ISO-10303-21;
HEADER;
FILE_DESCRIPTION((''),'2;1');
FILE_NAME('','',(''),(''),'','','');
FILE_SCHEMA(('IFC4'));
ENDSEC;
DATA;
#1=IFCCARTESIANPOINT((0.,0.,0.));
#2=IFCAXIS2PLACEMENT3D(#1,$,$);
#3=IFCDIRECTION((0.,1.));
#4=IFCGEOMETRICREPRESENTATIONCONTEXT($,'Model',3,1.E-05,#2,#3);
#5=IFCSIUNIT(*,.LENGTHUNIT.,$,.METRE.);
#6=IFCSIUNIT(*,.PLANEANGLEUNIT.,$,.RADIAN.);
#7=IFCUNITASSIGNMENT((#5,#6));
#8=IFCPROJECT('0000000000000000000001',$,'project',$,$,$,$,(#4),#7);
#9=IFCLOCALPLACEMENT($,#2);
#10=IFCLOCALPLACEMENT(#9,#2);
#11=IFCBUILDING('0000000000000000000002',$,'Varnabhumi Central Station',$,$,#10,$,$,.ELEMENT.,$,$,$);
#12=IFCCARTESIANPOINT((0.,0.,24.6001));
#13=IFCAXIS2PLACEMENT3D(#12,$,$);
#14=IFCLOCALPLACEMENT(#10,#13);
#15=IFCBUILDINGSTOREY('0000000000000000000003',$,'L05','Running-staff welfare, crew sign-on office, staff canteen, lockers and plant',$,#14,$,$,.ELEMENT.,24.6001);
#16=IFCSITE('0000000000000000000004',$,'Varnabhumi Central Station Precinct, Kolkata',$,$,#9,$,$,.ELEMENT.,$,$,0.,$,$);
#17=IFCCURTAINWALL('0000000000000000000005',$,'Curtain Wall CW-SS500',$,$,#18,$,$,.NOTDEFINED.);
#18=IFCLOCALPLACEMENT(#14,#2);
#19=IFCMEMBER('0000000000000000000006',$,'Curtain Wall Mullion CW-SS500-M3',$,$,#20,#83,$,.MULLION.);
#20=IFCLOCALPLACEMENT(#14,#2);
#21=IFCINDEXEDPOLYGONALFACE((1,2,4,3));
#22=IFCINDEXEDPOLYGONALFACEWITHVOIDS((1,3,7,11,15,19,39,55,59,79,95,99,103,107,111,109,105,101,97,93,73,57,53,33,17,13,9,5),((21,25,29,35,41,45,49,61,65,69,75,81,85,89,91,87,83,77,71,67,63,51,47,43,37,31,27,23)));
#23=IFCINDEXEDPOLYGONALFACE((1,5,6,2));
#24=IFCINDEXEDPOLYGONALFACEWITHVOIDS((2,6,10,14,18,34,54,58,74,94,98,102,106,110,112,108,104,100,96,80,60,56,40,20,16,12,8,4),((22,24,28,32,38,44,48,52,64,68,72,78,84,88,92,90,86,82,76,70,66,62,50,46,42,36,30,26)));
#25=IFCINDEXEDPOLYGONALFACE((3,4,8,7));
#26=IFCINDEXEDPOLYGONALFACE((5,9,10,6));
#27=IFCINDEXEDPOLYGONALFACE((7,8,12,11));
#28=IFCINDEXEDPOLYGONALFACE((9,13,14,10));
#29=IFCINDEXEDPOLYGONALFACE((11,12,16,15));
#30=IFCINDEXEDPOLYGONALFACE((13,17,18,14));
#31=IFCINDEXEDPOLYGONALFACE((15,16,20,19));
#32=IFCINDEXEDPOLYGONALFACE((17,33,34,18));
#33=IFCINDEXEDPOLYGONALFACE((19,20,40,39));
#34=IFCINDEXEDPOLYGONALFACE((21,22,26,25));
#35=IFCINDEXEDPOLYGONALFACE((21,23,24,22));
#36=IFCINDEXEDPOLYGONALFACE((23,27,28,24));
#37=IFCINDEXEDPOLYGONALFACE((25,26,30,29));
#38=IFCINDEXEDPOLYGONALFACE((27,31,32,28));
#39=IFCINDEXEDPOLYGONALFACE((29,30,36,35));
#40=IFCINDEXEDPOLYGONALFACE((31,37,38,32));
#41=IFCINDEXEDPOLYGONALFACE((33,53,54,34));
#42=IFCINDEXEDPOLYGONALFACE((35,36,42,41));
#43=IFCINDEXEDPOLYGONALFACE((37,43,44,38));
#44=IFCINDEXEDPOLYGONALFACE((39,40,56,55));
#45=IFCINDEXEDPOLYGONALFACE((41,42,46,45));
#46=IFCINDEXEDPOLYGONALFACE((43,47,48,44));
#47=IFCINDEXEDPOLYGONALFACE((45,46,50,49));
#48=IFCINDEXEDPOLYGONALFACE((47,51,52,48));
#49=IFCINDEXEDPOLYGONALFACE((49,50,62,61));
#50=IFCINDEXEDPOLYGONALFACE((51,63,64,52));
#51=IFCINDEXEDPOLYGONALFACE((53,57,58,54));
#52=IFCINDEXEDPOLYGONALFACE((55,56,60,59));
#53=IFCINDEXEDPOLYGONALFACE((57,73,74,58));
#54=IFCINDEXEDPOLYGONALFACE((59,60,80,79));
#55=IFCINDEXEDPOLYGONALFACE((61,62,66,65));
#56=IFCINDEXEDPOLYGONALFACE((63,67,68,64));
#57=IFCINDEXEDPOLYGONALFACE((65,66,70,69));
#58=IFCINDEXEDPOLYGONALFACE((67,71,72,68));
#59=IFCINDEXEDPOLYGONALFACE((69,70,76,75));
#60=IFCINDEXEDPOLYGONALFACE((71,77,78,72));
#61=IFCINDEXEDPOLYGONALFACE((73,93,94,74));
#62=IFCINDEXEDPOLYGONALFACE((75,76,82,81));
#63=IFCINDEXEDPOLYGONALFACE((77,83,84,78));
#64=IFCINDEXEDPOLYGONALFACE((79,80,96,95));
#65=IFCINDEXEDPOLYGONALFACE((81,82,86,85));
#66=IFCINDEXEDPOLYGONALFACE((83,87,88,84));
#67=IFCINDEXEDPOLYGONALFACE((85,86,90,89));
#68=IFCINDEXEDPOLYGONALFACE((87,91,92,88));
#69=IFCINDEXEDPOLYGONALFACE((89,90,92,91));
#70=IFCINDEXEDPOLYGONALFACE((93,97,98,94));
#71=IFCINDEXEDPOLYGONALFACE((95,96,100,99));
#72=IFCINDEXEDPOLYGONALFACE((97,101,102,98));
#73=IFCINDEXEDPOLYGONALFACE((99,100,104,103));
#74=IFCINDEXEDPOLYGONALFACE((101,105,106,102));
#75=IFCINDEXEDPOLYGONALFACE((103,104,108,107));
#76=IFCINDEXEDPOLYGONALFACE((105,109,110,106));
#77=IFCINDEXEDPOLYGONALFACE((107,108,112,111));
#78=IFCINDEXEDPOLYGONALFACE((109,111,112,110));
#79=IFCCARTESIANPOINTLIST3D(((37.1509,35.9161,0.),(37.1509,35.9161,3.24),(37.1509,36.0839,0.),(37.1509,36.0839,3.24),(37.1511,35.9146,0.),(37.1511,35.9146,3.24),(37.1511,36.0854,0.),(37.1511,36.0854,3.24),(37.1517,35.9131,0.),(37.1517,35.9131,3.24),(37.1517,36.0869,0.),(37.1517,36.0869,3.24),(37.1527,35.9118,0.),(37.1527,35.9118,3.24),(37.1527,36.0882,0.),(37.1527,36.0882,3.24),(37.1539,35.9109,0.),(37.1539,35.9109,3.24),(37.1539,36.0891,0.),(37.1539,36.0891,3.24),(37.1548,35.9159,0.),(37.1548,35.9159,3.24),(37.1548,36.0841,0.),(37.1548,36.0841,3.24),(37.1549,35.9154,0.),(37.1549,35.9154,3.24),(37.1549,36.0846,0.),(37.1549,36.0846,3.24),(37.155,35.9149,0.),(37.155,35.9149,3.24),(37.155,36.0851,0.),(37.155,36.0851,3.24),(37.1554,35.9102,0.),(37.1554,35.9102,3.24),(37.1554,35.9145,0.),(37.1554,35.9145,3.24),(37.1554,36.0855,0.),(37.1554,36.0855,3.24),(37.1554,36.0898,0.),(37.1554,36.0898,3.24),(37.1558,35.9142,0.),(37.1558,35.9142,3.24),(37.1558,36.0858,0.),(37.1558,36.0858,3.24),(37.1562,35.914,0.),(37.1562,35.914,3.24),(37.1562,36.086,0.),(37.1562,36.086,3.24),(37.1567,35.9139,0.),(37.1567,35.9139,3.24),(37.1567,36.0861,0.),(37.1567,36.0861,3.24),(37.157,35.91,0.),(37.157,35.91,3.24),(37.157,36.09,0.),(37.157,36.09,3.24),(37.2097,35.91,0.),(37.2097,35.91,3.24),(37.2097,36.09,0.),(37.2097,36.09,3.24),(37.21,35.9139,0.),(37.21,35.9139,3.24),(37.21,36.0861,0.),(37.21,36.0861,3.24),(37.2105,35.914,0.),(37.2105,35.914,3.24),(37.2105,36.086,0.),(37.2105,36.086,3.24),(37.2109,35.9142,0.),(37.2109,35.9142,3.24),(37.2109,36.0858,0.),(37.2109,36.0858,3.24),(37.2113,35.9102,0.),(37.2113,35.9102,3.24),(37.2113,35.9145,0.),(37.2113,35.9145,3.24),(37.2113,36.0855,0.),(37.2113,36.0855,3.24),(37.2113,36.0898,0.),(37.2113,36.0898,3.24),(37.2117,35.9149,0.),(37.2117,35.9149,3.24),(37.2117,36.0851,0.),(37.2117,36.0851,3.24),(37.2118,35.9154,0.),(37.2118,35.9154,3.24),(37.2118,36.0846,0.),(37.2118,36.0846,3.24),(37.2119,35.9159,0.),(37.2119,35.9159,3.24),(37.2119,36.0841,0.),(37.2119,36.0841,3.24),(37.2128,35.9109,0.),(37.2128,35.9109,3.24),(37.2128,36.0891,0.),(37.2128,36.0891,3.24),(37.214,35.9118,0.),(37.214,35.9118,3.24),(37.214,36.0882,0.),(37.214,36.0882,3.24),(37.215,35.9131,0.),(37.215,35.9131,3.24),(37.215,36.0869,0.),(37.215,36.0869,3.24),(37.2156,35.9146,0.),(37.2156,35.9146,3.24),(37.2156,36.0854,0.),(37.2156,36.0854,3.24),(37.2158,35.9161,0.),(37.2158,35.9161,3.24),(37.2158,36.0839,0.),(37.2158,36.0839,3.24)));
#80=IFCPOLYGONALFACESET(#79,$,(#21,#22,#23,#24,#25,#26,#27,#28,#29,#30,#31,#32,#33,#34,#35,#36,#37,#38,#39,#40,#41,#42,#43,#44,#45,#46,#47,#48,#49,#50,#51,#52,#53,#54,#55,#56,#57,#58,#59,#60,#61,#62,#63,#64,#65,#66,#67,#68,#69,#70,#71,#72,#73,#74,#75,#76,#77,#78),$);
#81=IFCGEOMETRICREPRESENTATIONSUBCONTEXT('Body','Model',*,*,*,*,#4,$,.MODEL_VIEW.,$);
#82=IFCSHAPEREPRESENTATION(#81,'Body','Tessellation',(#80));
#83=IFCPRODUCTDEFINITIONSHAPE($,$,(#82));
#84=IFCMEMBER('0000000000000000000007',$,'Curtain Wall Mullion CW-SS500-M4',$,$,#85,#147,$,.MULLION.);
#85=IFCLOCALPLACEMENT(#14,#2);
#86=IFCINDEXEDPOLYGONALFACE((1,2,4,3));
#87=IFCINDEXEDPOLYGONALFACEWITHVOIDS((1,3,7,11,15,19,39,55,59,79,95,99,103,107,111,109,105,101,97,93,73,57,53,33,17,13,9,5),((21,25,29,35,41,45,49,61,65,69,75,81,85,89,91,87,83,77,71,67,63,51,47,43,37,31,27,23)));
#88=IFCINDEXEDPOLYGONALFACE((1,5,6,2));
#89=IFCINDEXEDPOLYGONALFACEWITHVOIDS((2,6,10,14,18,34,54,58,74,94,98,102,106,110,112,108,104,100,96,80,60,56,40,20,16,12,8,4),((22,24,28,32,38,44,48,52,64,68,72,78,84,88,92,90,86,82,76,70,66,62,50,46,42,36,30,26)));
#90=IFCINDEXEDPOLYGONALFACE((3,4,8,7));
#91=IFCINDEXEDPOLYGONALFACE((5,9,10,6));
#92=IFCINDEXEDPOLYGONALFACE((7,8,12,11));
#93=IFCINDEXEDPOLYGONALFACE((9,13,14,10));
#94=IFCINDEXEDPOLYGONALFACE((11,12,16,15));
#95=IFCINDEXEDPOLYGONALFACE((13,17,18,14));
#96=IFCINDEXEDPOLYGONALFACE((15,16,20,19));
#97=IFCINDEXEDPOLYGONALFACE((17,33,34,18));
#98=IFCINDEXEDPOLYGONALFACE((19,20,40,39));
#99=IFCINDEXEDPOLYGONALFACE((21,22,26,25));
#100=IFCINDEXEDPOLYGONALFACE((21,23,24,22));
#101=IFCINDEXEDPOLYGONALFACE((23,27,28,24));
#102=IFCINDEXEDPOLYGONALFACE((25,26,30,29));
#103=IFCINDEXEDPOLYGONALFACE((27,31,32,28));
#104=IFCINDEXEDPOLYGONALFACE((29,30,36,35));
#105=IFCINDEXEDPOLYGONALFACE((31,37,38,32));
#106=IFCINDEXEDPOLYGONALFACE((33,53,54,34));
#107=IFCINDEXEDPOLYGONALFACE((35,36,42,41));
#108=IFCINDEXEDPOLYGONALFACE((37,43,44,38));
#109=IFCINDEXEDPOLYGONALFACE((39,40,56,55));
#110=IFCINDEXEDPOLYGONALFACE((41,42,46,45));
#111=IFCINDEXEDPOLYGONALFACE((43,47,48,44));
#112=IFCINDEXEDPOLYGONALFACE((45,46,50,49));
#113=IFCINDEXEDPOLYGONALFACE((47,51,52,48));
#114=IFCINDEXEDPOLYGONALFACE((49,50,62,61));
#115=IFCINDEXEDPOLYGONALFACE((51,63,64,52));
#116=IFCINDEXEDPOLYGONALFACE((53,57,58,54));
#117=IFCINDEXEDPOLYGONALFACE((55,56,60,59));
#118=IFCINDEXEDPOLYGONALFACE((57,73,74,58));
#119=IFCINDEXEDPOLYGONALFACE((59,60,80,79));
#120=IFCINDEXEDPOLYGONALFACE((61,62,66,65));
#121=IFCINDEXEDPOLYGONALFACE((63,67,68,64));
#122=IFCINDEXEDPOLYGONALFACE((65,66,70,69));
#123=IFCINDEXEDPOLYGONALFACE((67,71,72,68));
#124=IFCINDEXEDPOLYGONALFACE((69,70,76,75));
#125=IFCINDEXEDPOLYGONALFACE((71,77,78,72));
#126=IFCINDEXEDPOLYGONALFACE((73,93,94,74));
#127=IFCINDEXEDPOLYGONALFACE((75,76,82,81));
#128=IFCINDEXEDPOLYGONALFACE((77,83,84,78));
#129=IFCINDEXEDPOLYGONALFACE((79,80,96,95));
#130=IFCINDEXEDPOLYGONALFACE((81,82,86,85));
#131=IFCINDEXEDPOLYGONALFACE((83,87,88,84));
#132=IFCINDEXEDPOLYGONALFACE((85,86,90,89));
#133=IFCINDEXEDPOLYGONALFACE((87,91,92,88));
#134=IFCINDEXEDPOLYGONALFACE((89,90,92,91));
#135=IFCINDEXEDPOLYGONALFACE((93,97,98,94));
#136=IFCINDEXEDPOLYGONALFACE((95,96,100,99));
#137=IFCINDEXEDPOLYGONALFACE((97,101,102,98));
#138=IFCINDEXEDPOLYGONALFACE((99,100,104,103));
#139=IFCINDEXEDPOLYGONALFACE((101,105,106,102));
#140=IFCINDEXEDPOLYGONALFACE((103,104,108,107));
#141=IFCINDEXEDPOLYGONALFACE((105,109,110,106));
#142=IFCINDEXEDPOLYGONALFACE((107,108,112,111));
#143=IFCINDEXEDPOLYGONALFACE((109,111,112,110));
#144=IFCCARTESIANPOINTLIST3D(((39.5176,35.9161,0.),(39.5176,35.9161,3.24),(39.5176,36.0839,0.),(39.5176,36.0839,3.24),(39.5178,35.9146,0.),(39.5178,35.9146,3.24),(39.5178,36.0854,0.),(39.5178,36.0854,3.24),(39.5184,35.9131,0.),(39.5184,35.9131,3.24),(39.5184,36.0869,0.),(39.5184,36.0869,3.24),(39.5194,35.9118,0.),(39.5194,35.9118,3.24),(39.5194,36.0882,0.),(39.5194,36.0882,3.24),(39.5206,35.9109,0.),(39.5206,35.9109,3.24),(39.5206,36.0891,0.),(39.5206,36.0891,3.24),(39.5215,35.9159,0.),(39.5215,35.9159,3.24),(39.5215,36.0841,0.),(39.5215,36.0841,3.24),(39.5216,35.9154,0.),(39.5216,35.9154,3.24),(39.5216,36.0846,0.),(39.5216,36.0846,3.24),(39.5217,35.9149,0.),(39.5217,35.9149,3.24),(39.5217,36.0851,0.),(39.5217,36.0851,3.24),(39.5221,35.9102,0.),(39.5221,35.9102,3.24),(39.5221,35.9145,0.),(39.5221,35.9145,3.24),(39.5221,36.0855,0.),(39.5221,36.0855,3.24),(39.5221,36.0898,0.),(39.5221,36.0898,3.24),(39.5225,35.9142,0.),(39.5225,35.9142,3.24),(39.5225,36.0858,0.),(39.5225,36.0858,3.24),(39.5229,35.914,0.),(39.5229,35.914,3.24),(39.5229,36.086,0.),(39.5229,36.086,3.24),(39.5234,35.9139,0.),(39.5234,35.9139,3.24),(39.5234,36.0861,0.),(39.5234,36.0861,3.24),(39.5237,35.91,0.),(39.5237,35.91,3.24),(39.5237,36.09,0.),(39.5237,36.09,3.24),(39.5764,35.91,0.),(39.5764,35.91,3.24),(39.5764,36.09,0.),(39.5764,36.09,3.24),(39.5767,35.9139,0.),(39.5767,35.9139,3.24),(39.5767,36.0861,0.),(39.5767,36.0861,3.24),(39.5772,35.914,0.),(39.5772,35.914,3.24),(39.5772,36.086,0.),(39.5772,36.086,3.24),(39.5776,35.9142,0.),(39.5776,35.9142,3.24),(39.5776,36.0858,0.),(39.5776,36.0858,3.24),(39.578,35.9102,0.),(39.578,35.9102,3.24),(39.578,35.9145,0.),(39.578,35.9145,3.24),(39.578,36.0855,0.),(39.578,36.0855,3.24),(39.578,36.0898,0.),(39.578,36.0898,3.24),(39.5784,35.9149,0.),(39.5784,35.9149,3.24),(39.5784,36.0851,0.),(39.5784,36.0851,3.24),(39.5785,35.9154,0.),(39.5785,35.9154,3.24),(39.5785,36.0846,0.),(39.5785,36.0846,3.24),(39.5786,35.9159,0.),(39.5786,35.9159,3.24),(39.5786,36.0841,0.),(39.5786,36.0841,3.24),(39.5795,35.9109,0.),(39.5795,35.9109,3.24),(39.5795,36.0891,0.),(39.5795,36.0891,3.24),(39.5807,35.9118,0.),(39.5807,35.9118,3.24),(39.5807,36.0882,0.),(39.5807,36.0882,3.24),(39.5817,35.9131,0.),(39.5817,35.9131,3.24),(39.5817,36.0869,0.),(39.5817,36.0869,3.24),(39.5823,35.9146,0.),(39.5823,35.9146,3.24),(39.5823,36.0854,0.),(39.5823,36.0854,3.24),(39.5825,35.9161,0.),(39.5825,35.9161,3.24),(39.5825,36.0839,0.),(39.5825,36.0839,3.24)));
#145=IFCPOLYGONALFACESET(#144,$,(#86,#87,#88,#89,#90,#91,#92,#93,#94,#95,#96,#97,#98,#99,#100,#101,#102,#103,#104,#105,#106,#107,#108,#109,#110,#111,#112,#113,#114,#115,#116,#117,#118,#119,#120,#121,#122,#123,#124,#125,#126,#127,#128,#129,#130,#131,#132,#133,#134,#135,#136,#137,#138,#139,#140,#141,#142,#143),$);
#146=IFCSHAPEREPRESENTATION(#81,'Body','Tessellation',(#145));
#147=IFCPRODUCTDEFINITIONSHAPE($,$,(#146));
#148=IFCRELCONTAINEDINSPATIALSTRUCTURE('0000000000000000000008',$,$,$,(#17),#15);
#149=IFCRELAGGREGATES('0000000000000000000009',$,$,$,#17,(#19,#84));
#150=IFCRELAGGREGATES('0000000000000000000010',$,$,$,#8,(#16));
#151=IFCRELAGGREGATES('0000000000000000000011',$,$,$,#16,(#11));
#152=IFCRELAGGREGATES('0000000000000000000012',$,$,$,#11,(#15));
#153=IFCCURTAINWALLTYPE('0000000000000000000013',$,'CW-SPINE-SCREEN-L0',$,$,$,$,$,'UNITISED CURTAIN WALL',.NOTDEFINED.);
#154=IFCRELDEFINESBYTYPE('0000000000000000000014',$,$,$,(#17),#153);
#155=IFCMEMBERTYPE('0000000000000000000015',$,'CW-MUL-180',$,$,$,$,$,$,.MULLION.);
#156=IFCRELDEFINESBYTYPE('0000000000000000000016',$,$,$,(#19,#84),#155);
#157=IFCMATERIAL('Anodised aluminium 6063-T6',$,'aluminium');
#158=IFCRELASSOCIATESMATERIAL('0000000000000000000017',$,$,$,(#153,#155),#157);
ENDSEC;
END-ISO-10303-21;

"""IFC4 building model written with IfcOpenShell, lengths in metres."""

from ifc_helpers import new_model, si_unit, direction, frame, origin, origin_2d, place, context, subcontext, project, spatial, hollow_rectangle, extrude, material, material_profile, profile_set, type_object, element, aggregate, save


model = new_model("IFC4")

# Units and contexts
model_context = context("Model", 3, precision=1e-05, world=origin(), true_north=direction((0.0, 1.0)))
body_context = subcontext(model_context, "Body", "Model", "MODEL_VIEW")
ifc_project = project(units=[si_unit("LENGTHUNIT", "METRE"), si_unit("PLANEANGLEUNIT", "RADIAN")], contexts=[model_context])

# Site, building, storey
site_placement = place(None, origin())
site = spatial("IfcSite", under=ifc_project, at=site_placement, Name="Varnabhumi Central Station Precinct, Kolkata", CompositionType="ELEMENT", RefElevation=0.0)
building_placement = place(site_placement, origin())
building = spatial("IfcBuilding", under=site, at=building_placement, Name="Varnabhumi Central Station", CompositionType="ELEMENT")
storey_placement = place(building_placement, frame((0.0, 0.0, 24.6001)))
storey = spatial("IfcBuildingStorey", under=building, at=storey_placement, Name="L05", Description="Running-staff welfare, crew sign-on office, staff canteen, lockers and plant", CompositionType="ELEMENT", Elevation=24.6001)

# Curtain wall, members
ifc_material_1 = material(Name="Anodised aluminium 6063-T6", Category="aluminium")
curtain_wall_type = type_object("IfcCurtainWallType", Name="CW-SPINE-SCREEN-L0", ElementType="UNITISED CURTAIN WALL", PredefinedType="NOTDEFINED", material=ifc_material_1)
curtain_wall_placement = place(storey_placement, origin())
curtain_wall = element("IfcCurtainWall", 1, at=curtain_wall_placement, inside=storey, type_object=curtain_wall_type, Name="Curtain Wall CW-SS500", PredefinedType="NOTDEFINED")
ifc_material_profile_1 = material_profile(ifc_material_1, hollow_rectangle(XDim=0.0649, YDim=0.1799, WallThickness=0.0039, InnerFilletRadius=0.002, OuterFilletRadius=0.0061, at=origin_2d()), Name="Anodised aluminium 6063-T6", Category="aluminium")
ifc_profile_set_1 = profile_set([ifc_material_profile_1], Name="Anodised aluminium 6063-T6")
member_type_1 = type_object("IfcMemberType", Name="CW-MUL-180", PredefinedType="MULLION", material=ifc_profile_set_1)
member_1_placement = place(storey_placement, frame((37.1833, 36.0, 0.0), z_axis=(0.0, 0.0, 1.0), x_axis=(1.0, 0.0, 0.0)))
member_1 = element("IfcMember", 2, at=member_1_placement, type_object=member_type_1, Name="Curtain Wall Mullion CW-SS500-M3", PredefinedType="MULLION", context=body_context, shape_type="SweptSolid", body=[
    extrude(hollow_rectangle(XDim=0.0649, YDim=0.1799, WallThickness=0.0039, InnerFilletRadius=0.002, OuterFilletRadius=0.0061, at=origin_2d()), origin(), (0.0, 0.0, 1.0), 3.24),
])
member_2_placement = place(storey_placement, frame((39.55, 36.0, 0.0), z_axis=(0.0, 0.0, 1.0), x_axis=(1.0, 0.0, 0.0)))
member_2 = element("IfcMember", 3, at=member_2_placement, type_object=member_type_1, Name="Curtain Wall Mullion CW-SS500-M4", PredefinedType="MULLION", context=body_context, shape_type="SweptSolid", body=[
    extrude(hollow_rectangle(XDim=0.0649, YDim=0.1799, WallThickness=0.0039, InnerFilletRadius=0.002, OuterFilletRadius=0.0061, at=origin_2d()), origin(), (0.0, 0.0, 1.0), 3.24),
])

aggregate(curtain_wall, [member_1, member_2])

save(model, "model.ifc")
